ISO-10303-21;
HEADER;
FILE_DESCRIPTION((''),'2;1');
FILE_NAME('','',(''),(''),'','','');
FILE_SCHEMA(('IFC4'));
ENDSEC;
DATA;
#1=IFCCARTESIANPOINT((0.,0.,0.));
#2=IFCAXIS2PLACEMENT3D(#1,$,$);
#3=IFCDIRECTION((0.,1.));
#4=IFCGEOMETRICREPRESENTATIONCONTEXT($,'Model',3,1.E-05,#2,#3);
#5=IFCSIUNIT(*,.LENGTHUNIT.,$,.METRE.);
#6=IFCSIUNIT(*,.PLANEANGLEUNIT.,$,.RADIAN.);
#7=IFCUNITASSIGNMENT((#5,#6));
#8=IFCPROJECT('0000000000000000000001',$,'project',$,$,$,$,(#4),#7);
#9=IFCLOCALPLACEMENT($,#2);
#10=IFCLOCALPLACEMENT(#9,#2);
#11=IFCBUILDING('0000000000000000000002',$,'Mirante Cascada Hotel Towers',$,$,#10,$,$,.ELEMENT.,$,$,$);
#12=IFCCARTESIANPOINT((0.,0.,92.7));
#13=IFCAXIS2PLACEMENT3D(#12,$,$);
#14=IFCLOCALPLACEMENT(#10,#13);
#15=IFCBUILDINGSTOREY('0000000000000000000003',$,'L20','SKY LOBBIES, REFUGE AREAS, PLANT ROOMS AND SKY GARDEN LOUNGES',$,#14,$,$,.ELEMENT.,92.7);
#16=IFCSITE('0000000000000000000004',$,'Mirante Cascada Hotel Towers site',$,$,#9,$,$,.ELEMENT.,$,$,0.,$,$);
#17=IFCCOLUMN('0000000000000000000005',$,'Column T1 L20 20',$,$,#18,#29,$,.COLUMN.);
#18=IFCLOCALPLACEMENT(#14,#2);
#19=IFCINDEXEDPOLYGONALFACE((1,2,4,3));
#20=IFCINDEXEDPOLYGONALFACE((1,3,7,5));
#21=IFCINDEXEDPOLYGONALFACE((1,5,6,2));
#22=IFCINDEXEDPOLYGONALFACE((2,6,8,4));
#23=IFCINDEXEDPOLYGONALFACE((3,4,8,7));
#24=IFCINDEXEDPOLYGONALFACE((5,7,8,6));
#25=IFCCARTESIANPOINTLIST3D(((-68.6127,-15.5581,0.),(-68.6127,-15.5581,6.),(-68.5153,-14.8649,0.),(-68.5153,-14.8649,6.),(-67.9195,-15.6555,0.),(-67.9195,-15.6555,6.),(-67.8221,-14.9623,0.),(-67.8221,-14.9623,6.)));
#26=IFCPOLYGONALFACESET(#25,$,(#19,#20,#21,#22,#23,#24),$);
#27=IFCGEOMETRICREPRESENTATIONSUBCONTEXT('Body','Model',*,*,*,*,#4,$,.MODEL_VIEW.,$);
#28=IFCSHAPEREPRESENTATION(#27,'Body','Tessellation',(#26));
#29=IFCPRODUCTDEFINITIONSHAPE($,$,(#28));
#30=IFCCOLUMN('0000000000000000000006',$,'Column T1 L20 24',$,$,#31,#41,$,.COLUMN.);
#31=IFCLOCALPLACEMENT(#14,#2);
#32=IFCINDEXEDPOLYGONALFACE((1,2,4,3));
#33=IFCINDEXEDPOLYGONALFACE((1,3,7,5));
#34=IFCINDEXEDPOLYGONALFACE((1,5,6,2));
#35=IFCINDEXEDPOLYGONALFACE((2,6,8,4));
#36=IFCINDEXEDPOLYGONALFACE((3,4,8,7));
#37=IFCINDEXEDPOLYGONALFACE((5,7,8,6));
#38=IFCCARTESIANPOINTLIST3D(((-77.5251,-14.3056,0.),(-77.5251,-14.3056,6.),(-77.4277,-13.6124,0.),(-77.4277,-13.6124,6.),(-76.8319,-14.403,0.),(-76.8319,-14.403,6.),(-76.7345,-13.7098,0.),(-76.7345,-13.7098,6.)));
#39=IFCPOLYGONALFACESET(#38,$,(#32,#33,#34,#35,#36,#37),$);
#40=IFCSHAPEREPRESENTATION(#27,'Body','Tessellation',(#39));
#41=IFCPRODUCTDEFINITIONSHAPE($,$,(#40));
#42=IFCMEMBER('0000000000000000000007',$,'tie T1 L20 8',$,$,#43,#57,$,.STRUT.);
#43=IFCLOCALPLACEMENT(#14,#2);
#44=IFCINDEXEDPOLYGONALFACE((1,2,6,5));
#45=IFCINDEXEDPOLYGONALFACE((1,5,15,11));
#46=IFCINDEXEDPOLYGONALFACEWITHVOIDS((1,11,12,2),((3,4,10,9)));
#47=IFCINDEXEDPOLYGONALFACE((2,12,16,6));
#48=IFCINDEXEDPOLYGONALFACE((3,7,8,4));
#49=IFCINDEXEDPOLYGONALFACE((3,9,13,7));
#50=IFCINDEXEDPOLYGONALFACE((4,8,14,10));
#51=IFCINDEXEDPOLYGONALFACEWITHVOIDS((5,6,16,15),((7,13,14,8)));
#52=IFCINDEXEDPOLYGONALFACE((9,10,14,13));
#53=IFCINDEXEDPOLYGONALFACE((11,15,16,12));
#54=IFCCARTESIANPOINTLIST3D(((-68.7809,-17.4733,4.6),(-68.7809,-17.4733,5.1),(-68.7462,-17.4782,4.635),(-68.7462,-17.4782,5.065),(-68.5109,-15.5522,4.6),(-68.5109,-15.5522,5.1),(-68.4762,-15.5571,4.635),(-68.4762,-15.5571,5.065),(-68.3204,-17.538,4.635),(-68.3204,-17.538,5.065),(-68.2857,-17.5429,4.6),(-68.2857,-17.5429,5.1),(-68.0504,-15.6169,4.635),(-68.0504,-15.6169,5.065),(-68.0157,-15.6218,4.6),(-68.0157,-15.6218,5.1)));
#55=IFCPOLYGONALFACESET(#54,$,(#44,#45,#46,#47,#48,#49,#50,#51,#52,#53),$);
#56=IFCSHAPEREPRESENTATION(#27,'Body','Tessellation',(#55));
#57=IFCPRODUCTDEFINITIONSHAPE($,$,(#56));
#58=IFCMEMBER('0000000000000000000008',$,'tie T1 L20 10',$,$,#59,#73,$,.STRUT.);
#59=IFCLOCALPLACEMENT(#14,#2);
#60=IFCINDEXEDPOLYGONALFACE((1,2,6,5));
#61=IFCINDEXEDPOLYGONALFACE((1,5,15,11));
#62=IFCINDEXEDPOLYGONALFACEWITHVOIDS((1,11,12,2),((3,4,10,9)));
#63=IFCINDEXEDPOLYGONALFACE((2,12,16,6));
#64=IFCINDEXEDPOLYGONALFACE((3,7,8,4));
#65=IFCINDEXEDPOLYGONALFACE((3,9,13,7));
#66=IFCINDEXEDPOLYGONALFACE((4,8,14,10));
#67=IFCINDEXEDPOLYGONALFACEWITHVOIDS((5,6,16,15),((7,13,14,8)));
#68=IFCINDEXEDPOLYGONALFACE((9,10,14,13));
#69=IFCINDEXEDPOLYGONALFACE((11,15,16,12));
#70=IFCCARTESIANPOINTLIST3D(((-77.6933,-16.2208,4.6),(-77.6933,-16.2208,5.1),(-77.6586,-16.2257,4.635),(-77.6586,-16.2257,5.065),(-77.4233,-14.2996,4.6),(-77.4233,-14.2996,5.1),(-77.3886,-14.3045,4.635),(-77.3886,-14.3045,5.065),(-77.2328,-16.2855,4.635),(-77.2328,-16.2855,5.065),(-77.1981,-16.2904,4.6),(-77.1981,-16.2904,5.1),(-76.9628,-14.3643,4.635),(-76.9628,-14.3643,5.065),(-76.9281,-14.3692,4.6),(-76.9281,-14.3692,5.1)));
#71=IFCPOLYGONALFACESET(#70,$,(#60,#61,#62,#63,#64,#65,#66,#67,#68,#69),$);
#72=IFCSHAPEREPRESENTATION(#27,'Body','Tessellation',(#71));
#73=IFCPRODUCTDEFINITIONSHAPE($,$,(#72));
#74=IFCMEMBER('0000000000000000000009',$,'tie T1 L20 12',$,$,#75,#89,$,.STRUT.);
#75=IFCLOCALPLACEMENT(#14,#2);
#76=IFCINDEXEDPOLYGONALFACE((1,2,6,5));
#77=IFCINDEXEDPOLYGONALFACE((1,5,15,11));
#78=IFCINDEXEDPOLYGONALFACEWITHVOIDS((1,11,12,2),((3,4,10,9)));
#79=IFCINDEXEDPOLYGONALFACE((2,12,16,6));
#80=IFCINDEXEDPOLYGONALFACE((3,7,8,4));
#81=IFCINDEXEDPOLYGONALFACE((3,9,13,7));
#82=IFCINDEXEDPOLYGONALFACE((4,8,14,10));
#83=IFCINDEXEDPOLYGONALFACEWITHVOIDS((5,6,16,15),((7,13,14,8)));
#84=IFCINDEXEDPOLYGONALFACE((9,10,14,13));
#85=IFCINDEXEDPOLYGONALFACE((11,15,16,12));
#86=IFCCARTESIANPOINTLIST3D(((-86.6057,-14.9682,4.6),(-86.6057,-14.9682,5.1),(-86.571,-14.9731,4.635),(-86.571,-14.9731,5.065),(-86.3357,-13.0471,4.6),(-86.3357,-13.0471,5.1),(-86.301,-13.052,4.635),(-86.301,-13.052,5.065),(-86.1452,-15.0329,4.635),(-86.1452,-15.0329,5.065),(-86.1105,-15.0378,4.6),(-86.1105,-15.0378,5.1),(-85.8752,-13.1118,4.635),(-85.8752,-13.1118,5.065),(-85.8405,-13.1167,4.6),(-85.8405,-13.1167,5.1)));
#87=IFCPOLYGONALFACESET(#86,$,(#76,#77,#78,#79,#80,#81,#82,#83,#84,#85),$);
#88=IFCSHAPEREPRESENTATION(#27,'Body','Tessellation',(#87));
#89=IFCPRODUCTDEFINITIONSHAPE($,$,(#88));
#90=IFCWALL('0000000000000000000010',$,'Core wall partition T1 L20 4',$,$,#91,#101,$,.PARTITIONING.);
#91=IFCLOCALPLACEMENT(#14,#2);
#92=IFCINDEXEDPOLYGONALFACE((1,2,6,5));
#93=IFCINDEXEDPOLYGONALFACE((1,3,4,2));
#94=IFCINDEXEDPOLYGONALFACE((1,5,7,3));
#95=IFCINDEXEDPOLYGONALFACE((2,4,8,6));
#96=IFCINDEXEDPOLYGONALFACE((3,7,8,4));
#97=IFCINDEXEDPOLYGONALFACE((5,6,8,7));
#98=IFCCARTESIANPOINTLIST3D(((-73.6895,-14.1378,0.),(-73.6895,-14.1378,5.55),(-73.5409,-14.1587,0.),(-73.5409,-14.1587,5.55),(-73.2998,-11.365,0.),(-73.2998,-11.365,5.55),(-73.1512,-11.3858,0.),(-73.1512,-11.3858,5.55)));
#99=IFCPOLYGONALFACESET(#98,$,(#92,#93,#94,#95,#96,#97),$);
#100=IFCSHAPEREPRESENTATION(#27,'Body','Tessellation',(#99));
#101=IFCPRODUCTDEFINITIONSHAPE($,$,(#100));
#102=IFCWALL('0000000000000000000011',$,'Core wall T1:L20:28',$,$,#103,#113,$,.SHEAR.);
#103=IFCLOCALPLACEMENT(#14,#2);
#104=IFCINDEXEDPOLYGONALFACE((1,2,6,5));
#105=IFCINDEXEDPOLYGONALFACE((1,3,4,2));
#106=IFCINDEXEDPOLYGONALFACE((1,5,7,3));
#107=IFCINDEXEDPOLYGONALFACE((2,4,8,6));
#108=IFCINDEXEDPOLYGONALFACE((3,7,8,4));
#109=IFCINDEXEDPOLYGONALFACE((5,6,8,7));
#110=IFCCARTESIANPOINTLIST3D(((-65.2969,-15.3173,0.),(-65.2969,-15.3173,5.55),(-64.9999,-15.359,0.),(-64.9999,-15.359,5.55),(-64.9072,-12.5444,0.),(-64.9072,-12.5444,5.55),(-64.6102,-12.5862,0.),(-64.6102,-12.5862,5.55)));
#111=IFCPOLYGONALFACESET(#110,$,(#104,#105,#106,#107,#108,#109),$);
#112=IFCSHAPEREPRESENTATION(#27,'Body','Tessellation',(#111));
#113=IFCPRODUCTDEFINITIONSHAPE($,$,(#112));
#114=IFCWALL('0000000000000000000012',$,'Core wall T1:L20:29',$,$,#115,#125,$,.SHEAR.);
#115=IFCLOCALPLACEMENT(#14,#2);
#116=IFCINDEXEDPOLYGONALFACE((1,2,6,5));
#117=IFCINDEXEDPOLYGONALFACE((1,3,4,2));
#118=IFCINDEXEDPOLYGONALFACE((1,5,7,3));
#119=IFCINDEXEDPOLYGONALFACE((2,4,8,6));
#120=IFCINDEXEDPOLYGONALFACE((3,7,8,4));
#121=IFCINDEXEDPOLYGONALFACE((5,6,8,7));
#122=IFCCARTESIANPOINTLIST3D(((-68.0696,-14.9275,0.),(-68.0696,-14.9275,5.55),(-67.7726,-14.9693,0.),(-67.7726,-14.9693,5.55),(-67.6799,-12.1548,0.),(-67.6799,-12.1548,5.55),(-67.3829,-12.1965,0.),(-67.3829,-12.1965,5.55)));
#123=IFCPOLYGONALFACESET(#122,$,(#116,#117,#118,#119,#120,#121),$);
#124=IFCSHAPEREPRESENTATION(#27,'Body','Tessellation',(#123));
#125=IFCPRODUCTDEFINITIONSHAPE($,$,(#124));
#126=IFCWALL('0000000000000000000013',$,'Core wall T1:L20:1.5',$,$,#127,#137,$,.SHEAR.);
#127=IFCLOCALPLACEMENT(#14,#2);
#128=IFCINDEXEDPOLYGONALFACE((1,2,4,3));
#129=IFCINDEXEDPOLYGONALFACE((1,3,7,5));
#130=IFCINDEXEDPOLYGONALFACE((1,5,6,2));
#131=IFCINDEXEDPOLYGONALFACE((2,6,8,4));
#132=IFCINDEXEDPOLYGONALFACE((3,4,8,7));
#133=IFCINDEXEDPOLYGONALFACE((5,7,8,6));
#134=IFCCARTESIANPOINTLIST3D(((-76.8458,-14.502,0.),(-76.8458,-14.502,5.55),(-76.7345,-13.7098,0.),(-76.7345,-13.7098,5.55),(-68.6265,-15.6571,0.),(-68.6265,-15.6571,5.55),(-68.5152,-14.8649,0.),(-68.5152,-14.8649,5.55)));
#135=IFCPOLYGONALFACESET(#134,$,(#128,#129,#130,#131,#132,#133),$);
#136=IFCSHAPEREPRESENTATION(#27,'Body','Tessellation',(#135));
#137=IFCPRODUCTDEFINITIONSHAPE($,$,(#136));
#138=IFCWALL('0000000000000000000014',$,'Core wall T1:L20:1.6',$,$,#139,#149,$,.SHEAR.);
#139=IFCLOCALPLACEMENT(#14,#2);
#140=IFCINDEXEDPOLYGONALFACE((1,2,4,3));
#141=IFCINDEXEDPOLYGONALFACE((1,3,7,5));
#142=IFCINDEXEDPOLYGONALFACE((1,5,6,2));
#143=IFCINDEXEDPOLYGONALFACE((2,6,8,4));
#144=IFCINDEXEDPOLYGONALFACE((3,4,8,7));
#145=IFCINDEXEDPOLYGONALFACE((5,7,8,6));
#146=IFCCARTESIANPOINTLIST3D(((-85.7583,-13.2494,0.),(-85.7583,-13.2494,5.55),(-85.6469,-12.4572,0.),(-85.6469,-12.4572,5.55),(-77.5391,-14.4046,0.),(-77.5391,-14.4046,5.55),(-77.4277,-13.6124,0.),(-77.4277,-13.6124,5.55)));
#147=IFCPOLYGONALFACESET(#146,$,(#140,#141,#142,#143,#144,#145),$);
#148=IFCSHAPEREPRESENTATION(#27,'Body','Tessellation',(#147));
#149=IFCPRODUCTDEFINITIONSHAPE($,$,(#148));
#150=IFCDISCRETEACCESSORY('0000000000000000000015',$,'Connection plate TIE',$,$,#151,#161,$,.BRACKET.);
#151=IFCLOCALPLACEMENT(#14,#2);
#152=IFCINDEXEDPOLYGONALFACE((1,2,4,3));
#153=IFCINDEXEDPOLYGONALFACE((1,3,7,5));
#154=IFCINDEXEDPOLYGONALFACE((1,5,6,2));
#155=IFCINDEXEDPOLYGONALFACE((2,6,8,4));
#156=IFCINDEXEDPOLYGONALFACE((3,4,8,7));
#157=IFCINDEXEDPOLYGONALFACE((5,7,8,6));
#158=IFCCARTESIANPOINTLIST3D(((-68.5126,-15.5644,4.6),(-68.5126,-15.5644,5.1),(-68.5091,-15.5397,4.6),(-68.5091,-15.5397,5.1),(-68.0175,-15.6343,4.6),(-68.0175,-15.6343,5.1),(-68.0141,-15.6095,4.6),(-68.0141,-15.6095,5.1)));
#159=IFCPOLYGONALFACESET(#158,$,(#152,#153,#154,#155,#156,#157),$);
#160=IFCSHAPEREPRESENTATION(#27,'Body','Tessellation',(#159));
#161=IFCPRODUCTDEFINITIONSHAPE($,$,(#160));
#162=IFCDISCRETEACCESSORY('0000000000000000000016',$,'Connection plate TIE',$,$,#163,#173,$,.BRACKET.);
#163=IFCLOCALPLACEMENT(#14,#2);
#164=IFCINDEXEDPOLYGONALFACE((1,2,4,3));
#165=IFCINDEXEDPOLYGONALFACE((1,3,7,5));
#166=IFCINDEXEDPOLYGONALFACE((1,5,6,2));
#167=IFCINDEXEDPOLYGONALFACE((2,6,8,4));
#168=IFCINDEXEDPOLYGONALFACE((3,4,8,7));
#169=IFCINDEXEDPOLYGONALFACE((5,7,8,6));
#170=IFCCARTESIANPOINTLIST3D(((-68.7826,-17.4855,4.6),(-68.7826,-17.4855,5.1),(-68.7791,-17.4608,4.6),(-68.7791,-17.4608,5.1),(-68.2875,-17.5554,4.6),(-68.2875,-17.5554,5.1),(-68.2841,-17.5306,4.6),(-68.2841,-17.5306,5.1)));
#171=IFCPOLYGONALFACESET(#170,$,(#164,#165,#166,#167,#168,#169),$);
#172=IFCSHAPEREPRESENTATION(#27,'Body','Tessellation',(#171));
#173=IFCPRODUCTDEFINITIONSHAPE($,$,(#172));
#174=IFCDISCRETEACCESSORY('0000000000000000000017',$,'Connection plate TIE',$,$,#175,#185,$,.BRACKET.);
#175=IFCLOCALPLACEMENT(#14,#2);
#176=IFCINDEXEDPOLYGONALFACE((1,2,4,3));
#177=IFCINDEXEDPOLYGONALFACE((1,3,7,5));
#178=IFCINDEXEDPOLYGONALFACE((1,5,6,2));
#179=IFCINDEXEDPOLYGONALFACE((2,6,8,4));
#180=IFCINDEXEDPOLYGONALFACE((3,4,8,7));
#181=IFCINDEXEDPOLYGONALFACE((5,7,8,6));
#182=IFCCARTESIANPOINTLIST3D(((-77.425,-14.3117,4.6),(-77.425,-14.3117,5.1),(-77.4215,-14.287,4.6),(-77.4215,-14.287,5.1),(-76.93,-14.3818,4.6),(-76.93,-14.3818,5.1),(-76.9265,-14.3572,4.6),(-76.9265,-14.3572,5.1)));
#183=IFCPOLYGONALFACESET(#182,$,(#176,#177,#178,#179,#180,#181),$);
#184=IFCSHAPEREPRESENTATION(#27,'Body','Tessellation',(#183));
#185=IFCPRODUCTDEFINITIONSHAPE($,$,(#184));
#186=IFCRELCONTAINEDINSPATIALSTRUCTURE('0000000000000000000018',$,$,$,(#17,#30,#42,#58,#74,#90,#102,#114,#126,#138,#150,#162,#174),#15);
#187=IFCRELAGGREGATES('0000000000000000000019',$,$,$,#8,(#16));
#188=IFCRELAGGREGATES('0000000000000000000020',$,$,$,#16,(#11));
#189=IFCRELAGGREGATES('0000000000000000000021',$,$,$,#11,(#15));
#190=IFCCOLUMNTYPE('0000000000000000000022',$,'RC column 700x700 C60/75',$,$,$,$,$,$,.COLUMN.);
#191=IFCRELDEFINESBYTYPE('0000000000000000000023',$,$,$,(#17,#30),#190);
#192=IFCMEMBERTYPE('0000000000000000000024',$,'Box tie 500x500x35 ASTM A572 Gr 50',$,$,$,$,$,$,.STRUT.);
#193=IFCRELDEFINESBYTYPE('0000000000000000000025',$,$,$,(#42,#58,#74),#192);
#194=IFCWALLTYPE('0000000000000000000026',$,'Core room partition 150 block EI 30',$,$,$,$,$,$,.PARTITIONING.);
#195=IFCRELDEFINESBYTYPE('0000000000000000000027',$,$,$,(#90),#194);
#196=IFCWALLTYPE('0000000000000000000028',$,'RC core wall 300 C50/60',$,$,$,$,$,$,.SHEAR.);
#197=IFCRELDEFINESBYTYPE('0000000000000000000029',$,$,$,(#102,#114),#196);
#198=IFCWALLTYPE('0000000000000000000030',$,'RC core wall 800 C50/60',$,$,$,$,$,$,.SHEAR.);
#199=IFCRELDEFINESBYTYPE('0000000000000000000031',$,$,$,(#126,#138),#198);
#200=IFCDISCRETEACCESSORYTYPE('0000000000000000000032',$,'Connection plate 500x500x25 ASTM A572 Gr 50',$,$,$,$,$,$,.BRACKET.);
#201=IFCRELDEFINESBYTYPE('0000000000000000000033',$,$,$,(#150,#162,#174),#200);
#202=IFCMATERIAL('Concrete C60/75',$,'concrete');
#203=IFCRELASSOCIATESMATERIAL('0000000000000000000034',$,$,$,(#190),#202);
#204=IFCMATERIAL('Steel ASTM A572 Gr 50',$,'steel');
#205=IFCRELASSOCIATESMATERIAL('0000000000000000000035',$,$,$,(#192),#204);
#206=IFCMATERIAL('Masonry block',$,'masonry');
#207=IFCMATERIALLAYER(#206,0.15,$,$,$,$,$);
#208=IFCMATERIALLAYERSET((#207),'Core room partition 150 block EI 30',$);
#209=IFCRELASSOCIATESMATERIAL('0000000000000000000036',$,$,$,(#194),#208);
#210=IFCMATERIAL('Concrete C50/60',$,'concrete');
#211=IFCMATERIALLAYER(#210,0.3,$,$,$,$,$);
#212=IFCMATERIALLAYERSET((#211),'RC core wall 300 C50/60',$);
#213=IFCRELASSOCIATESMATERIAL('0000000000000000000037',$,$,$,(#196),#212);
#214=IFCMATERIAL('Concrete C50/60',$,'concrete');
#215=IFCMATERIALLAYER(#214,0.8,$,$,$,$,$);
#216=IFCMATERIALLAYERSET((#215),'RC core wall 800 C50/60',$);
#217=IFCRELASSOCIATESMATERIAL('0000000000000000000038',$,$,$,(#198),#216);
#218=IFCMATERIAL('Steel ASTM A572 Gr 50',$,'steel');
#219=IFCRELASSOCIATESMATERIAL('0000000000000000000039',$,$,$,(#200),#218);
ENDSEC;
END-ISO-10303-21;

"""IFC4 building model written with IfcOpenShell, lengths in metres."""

from ifc_helpers import new_model, si_unit, direction, frame, frame_2d, origin, origin_2d, place, context, subcontext, project, spatial, rectangle, hollow_rectangle, extrude, material, layer, layer_set, material_profile, profile_set, type_object, element, save


model = new_model("IFC4")

# Units and contexts
model_context = context("Model", 3, precision=1e-05, world=origin(), true_north=direction((0.0, 1.0)))
body_context = subcontext(model_context, "Body", "Model", "MODEL_VIEW")
ifc_project = project(units=[si_unit("LENGTHUNIT", "METRE"), si_unit("PLANEANGLEUNIT", "RADIAN")], contexts=[model_context])

# Site, building, storey
site_placement = place(None, origin())
site = spatial("IfcSite", under=ifc_project, at=site_placement, Name="Mirante Cascada Hotel Towers site", CompositionType="ELEMENT", RefElevation=0.0)
building_placement = place(site_placement, origin())
building = spatial("IfcBuilding", under=site, at=building_placement, Name="Mirante Cascada Hotel Towers", CompositionType="ELEMENT")
storey_placement = place(building_placement, frame((0.0, 0.0, 92.7)))
storey = spatial("IfcBuildingStorey", under=building, at=storey_placement, Name="L20", Description="SKY LOBBIES, REFUGE AREAS, PLANT ROOMS AND SKY GARDEN LOUNGES", CompositionType="ELEMENT", Elevation=92.7)

# Columns
ifc_material_1 = material(Name="Concrete C60/75", Category="concrete")
ifc_material_profile_1 = material_profile(ifc_material_1, rectangle(XDim=0.7, YDim=0.7, at=origin_2d()), Name="RC column 700x700 C60/75")
ifc_profile_set_1 = profile_set([ifc_material_profile_1], Name="Concrete C60/75")
column_type = type_object("IfcColumnType", Name="RC column 700x700 C60/75", PredefinedType="COLUMN", material=ifc_profile_set_1)
for number, where, z_axis, x_axis, name in (
    (1, (-68.2174, -15.2602, 0.0), (0.0, 0.0, 1.0), (-0.990268, 0.139173, 0.0), "Column T1 L20 20"),
    (2, (-77.1298, -14.0077, 0.0), (0.0, 0.0, 1.0), (-0.990268, 0.139173, 0.0), "Column T1 L20 24"),
):
    element("IfcColumn", number, at=place(storey_placement, frame(where, z_axis=z_axis, x_axis=x_axis)), inside=storey, type_object=column_type, Name=name, PredefinedType="COLUMN", context=body_context, shape_type="SweptSolid", body=[
        extrude(rectangle(XDim=0.7, YDim=0.7, at=origin_2d()), origin(), (0.0, 0.0, 1.0), 6.0),
    ])

# Members
ifc_material_2 = material(Name="Steel ASTM A572 Gr 50", Category="steel")
ifc_material_profile_2 = material_profile(ifc_material_2, hollow_rectangle(XDim=0.5, YDim=0.5, WallThickness=0.035, at=origin_2d()), Name="Box tie 500x500x35 ASTM A572 Gr 50")
ifc_profile_set_2 = profile_set([ifc_material_profile_2], Name="Steel ASTM A572 Gr 50")
member_type = type_object("IfcMemberType", Name="Box tie 500x500x35 ASTM A572 Gr 50", PredefinedType="STRUT", material=ifc_profile_set_2)
member_1_placement = place(storey_placement, frame((-68.2633, -15.587, 4.85), z_axis=(-0.139177, -0.990268, 0.0), x_axis=(0.990268, -0.139177, 0.0)))
element("IfcMember", 3, at=member_1_placement, inside=storey, type_object=member_type, Name="tie T1 L20 8", PredefinedType="STRUT", context=body_context, shape_type="SweptSolid", body=[
    extrude(hollow_rectangle(XDim=0.5, YDim=0.5, WallThickness=0.035, at=origin_2d()), origin(), (0.0, 0.0, 1.0), 1.94),
])
member_2_placement = place(storey_placement, frame((-77.1757, -14.3344, 4.85), z_axis=(-0.13917, -0.990269, 0.0), x_axis=(0.990269, -0.13917, 0.0)))
element("IfcMember", 4, at=member_2_placement, inside=storey, type_object=member_type, Name="tie T1 L20 10", PredefinedType="STRUT", context=body_context, shape_type="SweptSolid", body=[
    extrude(hollow_rectangle(XDim=0.5, YDim=0.5, WallThickness=0.035, at=origin_2d()), origin(), (0.0, 0.0, 1.0), 1.9401),
])
member_3_placement = place(storey_placement, frame((-86.0881, -13.0819, 4.85), z_axis=(-0.139177, -0.990268, 0.0), x_axis=(0.990268, -0.139177, 0.0)))
element("IfcMember", 5, at=member_3_placement, inside=storey, type_object=member_type, Name="tie T1 L20 12", PredefinedType="STRUT", context=body_context, shape_type="SweptSolid", body=[
    extrude(hollow_rectangle(XDim=0.5, YDim=0.5, WallThickness=0.035, at=origin_2d()), origin(), (0.0, 0.0, 1.0), 1.94),
])

# Walls
ifc_material_3 = material(Name="Masonry block", Category="masonry")
ifc_layer_1 = layer(ifc_material_3, 0.15)
ifc_layer_set_1 = layer_set([ifc_layer_1], Name="Core room partition 150 block EI 30")
wall_type_1 = type_object("IfcWallType", Name="Core room partition 150 block EI 30", PredefinedType="PARTITIONING", material=ifc_layer_set_1)
wall_1_placement = place(storey_placement, frame((-73.6152, -14.1482, 0.0), z_axis=(0.0, 0.0, 1.0), x_axis=(0.139176, 0.990268, 0.0)))
element("IfcWall", 6, at=wall_1_placement, inside=storey, type_object=wall_type_1, Name="Core wall partition T1 L20 4", PredefinedType="PARTITIONING", context=body_context, shape_type="SweptSolid", body=[
    extrude(rectangle(XDim=2.8001, YDim=0.15, at=frame_2d((1.4, 0.0))), origin(), (0.0, 0.0, 1.0), 5.55),
])
ifc_material_4 = material(Name="Concrete C50/60", Category="concrete")
ifc_layer_2 = layer(ifc_material_4, 0.3)
ifc_layer_set_2 = layer_set([ifc_layer_2], Name="RC core wall 300 C50/60")
wall_type_2 = type_object("IfcWallType", Name="RC core wall 300 C50/60", PredefinedType="SHEAR", material=ifc_layer_set_2)
wall_2_placement = place(storey_placement, frame((-65.1484, -15.3381, 0.0), z_axis=(0.0, 0.0, 1.0), x_axis=(0.139176, 0.990268, 0.0)))
element("IfcWall", 7, at=wall_2_placement, inside=storey, type_object=wall_type_2, Name="Core wall T1:L20:28", PredefinedType="SHEAR", context=body_context, shape_type="SweptSolid", body=[
    extrude(rectangle(XDim=2.8001, YDim=0.3, at=frame_2d((1.4, 0.0))), origin(), (0.0, 0.0, 1.0), 5.55),
])
wall_3_placement = place(storey_placement, frame((-67.9211, -14.9484, 0.0), z_axis=(0.0, 0.0, 1.0), x_axis=(0.139181, 0.990267, 0.0)))
element("IfcWall", 8, at=wall_3_placement, inside=storey, type_object=wall_type_2, Name="Core wall T1:L20:29", PredefinedType="SHEAR", context=body_context, shape_type="SweptSolid", body=[
    extrude(rectangle(XDim=2.8, YDim=0.3, at=frame_2d((1.4, 0.0))), origin(), (0.0, 0.0, 1.0), 5.55),
])
ifc_material_5 = material(Name="Concrete C50/60", Category="concrete")
ifc_layer_3 = layer(ifc_material_5, 0.8)
ifc_layer_set_3 = layer_set([ifc_layer_3], Name="RC core wall 800 C50/60")
wall_type_3 = type_object("IfcWallType", Name="RC core wall 800 C50/60", PredefinedType="SHEAR", material=ifc_layer_set_3)
wall_4_placement = place(storey_placement, frame((-68.5709, -15.261, 0.0), z_axis=(0.0, 0.0, 1.0), x_axis=(-0.990269, 0.139167, 0.0)))
element("IfcWall", 9, at=wall_4_placement, inside=storey, type_object=wall_type_3, Name="Core wall T1:L20:1.5", PredefinedType="SHEAR", context=body_context, shape_type="SweptSolid", body=[
    extrude(rectangle(XDim=8.3001, YDim=0.8, at=frame_2d((4.15, 0.0))), origin(), (0.0, 0.0, 1.0), 5.55),
])
wall_5_placement = place(storey_placement, frame((-77.4834, -14.0085, 0.0), z_axis=(0.0, 0.0, 1.0), x_axis=(-0.990267, 0.139181, 0.0)))
element("IfcWall", 10, at=wall_5_placement, inside=storey, type_object=wall_type_3, Name="Core wall T1:L20:1.6", PredefinedType="SHEAR", context=body_context, shape_type="SweptSolid", body=[
    extrude(rectangle(XDim=8.3, YDim=0.8, at=frame_2d((4.15, 0.0))), origin(), (0.0, 0.0, 1.0), 5.55),
])

# Discrete accessories
ifc_material_6 = material(Name="Steel ASTM A572 Gr 50", Category="steel")
ifc_material_profile_3 = material_profile(ifc_material_6, rectangle(XDim=0.5, YDim=0.5, at=origin_2d()), Name="Connection plate 500x500x25 ASTM A572 Gr 50")
ifc_profile_set_3 = profile_set([ifc_material_profile_3], Name="Steel ASTM A572 Gr 50")
discrete_accessory_type_1 = type_object("IfcDiscreteAccessoryType", Name="Connection plate 500x500x25 ASTM A572 Gr 50", PredefinedType="BRACKET", material=ifc_profile_set_3)
for number, where, z_axis, x_axis, name in (
    (11, (-68.2616, -15.5746, 4.85), (-0.139744, -0.990188, 0.0), (0.990188, -0.139744, 0.0), "Connection plate TIE"),
    (12, (-68.5316, -17.4957, 4.85), (-0.139744, -0.990188, 0.0), (0.990188, -0.139744, 0.0), "Connection plate TIE"),
):
    element("IfcDiscreteAccessory", number, at=place(storey_placement, frame(where, z_axis=z_axis, x_axis=x_axis)), inside=storey, type_object=discrete_accessory_type_1, Name=name, PredefinedType="BRACKET", context=body_context, shape_type="SweptSolid", body=[
        extrude(rectangle(XDim=0.5, YDim=0.5, at=origin_2d()), origin(), (0.0, 0.0, 1.0), 0.025),
    ])
for number, where, z_axis, x_axis, name in (
    (13, (-77.174, -14.3221, 4.85), (-0.140299, -0.990109, 0.0), (0.990109, -0.140299, 0.0), "Connection plate TIE"),
):
    element("IfcDiscreteAccessory", number, at=place(storey_placement, frame(where, z_axis=z_axis, x_axis=x_axis)), inside=storey, type_object=discrete_accessory_type_1, Name=name, PredefinedType="BRACKET", context=body_context, shape_type="SweptSolid", body=[
        extrude(rectangle(XDim=0.5, YDim=0.5, at=origin_2d()), origin(), (0.0, 0.0, 1.0), 0.0249),
    ])

save(model, "model.ifc")
